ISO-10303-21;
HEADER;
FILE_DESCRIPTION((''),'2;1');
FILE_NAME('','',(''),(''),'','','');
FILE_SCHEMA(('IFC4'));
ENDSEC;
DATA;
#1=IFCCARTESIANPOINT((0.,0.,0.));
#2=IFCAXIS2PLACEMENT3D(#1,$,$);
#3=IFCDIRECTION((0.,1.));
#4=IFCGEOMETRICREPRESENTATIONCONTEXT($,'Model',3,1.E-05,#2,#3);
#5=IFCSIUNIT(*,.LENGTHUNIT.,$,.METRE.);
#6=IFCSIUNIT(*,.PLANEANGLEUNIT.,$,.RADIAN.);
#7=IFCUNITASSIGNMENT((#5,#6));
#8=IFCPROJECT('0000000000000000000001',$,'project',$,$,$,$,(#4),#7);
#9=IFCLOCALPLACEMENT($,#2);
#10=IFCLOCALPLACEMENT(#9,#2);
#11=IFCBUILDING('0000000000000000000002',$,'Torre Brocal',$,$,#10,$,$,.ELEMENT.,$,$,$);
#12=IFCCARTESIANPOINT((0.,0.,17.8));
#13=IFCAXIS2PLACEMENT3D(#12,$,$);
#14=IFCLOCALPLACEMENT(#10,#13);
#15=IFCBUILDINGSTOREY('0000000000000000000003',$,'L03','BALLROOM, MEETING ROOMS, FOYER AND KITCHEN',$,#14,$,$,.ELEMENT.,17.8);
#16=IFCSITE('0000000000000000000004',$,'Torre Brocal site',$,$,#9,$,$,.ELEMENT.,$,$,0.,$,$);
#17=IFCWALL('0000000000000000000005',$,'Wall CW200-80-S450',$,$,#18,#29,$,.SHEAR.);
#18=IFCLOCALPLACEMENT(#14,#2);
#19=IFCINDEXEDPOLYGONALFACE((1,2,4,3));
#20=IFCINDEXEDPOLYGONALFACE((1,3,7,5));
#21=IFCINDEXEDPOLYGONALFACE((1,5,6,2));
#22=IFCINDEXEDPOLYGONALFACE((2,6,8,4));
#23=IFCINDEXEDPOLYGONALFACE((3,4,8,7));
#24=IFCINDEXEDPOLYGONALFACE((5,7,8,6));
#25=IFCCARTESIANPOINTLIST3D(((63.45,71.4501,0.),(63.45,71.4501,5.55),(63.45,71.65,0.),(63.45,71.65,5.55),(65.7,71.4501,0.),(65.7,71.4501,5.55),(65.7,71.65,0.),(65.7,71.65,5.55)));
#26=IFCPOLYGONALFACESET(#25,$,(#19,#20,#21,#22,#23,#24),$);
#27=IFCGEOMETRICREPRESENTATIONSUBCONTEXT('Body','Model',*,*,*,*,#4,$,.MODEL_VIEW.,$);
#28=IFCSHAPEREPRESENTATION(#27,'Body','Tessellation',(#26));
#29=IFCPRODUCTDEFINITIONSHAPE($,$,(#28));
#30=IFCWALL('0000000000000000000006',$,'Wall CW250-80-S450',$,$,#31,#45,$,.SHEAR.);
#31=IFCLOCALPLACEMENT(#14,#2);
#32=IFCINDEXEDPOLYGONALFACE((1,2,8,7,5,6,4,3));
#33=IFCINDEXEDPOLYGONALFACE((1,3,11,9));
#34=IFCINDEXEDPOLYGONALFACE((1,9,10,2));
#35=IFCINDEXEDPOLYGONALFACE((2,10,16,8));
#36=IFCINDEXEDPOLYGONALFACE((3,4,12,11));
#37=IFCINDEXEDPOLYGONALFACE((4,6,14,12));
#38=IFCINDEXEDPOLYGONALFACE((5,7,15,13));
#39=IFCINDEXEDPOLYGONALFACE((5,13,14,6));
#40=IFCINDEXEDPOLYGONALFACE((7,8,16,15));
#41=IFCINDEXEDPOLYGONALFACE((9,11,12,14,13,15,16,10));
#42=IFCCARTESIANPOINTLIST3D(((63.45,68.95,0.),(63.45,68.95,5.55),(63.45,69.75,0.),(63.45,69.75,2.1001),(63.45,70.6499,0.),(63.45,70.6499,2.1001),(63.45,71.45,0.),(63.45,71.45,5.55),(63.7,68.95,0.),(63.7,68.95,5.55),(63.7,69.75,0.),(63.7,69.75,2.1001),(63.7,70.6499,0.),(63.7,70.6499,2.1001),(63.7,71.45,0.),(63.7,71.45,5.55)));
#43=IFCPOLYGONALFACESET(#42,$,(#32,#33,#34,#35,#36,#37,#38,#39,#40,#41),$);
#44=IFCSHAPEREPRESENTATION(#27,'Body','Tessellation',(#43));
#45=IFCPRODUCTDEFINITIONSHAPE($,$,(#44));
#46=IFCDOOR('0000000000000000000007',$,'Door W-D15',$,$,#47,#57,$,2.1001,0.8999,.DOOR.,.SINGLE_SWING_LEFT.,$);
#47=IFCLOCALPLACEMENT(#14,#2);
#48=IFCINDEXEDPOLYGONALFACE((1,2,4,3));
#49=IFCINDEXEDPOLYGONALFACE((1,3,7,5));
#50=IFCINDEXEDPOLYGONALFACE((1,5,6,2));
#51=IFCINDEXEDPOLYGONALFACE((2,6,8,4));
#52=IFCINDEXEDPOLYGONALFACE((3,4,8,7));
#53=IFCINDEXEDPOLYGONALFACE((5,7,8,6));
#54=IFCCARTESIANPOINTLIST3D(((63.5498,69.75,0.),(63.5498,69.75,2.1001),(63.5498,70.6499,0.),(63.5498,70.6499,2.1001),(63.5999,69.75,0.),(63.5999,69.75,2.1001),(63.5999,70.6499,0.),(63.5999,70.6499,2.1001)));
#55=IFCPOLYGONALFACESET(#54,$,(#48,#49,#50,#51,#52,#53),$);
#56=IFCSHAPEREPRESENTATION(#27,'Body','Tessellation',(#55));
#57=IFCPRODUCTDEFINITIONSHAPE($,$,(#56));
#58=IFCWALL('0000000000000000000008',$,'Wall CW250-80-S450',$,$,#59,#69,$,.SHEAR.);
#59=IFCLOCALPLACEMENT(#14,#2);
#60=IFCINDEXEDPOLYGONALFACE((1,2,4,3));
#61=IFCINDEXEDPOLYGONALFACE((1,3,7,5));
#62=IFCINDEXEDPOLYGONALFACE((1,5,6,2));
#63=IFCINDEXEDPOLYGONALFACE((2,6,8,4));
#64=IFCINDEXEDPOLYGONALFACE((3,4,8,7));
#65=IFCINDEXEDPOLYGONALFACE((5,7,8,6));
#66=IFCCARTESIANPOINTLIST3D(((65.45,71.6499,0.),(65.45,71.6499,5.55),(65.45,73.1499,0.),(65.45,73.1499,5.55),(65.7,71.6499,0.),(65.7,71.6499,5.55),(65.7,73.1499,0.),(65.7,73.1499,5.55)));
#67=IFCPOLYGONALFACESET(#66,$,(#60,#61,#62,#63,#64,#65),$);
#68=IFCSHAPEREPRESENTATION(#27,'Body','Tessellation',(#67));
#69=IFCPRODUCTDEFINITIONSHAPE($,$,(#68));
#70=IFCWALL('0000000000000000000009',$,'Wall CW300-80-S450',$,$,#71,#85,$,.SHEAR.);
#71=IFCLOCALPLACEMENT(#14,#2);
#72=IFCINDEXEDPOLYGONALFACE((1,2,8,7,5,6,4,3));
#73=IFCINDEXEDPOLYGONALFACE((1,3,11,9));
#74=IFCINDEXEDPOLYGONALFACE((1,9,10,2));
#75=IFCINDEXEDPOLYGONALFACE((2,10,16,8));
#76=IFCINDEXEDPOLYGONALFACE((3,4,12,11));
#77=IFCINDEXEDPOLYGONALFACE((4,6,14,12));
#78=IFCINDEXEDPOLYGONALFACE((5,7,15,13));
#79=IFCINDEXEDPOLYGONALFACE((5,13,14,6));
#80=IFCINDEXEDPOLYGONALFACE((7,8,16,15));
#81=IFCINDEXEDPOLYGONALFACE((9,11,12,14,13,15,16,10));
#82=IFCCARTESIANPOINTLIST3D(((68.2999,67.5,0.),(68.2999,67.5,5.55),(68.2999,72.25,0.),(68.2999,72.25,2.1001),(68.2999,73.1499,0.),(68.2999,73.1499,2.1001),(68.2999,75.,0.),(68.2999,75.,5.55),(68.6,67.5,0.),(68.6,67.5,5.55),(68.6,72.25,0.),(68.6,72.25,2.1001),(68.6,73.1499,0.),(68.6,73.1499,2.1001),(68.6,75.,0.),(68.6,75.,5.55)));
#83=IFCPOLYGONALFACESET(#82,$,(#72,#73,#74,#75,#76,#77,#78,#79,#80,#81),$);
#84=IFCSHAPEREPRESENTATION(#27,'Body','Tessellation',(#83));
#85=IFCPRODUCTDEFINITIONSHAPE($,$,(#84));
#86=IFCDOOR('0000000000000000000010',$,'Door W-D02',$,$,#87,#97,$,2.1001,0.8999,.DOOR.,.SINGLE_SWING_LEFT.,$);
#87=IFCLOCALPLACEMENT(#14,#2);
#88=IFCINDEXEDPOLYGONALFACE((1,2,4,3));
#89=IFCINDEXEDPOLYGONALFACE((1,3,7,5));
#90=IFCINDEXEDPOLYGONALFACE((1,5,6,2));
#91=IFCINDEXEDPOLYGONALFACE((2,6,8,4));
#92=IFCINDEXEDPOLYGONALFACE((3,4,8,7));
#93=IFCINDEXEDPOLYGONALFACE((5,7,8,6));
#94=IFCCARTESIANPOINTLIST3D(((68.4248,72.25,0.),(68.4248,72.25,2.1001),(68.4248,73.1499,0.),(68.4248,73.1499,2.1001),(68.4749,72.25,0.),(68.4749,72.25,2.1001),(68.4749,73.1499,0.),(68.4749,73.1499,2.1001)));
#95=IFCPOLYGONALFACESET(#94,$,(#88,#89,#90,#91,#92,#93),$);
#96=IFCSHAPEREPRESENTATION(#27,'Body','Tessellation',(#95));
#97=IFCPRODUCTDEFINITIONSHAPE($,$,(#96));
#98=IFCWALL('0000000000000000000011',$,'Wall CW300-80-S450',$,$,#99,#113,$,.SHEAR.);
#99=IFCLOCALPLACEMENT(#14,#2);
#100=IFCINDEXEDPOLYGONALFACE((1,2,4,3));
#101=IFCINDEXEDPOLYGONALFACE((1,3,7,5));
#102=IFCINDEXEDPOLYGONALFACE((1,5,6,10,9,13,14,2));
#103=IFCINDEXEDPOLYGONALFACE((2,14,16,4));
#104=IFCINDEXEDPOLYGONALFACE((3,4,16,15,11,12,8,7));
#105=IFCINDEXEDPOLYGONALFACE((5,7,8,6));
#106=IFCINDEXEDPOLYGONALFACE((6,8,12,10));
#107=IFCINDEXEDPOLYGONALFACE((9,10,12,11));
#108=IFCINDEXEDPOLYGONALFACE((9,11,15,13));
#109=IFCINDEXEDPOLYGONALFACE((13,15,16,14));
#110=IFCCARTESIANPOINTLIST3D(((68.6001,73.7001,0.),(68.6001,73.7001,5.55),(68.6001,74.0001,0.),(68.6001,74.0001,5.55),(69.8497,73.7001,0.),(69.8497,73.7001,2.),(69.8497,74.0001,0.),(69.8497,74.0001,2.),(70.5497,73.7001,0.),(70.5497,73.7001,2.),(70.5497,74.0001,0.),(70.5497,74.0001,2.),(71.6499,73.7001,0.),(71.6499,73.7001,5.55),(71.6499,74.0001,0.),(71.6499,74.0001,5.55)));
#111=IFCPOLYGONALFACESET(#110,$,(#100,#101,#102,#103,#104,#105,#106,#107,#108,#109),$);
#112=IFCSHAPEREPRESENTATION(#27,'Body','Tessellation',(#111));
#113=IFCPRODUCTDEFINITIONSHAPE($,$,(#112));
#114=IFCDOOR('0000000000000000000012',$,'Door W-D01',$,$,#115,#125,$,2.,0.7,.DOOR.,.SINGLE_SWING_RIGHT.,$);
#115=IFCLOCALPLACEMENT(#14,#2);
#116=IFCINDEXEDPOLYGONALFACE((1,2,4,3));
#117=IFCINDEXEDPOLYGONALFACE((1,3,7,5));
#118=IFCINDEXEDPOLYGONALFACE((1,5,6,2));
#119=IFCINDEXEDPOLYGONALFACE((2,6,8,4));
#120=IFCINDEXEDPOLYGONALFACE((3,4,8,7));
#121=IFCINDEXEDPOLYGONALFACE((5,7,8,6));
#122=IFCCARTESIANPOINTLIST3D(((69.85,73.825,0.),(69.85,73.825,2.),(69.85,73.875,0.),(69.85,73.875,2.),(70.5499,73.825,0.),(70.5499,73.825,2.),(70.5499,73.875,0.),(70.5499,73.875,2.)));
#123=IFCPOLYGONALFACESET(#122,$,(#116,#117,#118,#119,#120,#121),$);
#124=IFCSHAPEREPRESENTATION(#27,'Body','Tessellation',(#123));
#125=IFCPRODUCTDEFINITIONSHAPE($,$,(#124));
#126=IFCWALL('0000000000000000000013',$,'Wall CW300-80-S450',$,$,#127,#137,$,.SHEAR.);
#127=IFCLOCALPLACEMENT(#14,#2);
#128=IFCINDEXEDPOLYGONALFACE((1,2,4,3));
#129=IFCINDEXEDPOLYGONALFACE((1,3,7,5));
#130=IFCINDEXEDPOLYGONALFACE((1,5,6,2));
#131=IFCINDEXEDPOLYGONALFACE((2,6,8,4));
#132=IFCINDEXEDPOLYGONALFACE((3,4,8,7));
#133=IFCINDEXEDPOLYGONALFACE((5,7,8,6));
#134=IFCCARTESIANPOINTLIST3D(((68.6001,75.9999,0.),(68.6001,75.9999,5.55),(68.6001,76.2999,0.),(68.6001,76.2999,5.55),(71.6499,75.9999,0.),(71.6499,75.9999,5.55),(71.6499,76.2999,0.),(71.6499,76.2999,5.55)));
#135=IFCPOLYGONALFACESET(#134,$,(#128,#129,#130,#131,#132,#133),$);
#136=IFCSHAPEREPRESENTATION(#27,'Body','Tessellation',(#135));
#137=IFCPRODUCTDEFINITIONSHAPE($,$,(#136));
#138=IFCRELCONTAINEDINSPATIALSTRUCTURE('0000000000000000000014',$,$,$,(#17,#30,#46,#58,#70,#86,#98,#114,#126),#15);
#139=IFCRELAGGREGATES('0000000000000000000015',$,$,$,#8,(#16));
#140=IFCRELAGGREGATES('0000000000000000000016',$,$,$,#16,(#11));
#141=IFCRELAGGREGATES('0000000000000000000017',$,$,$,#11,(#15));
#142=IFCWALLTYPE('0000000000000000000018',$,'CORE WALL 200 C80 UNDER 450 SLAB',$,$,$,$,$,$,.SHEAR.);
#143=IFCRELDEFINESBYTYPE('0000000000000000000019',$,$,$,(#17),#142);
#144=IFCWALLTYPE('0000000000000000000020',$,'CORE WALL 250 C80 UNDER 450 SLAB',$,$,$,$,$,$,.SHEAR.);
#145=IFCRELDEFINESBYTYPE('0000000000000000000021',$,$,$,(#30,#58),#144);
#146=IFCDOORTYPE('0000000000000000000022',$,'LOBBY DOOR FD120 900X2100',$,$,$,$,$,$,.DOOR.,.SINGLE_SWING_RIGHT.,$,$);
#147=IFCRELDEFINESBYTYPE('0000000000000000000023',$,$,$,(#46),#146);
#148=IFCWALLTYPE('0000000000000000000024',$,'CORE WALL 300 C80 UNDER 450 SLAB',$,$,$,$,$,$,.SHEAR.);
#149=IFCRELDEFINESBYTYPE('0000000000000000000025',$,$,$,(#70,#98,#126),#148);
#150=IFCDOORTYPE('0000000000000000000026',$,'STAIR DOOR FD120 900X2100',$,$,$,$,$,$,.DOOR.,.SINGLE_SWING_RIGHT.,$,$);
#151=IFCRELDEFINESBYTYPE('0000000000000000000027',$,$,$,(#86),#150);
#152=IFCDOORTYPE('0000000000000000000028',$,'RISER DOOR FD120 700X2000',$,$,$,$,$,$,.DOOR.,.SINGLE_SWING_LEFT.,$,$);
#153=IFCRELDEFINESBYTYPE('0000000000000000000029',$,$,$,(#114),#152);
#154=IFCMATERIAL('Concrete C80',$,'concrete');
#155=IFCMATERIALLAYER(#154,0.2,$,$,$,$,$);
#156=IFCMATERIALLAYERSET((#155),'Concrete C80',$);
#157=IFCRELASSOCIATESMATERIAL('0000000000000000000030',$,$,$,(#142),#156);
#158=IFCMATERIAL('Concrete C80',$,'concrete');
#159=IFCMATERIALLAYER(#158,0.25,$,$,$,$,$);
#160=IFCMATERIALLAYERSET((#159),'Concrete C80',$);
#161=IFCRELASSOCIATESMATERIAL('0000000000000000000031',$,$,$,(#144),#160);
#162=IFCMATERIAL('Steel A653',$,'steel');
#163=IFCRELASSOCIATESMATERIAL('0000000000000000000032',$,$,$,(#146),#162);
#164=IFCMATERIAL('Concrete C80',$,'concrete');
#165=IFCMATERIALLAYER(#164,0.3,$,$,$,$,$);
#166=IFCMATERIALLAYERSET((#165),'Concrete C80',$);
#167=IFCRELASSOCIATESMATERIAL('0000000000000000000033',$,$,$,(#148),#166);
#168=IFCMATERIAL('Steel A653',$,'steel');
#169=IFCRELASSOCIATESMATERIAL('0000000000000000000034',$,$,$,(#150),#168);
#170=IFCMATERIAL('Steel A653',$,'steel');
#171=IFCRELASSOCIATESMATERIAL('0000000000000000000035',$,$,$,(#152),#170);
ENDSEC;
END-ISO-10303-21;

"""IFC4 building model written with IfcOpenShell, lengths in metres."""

from ifc_helpers import new_model, si_unit, direction, frame, frame_2d, origin, place, context, subcontext, project, spatial, rectangle, extrude, material, layer, layer_set, type_object, element, fill, save


model = new_model("IFC4")

# Units and contexts
model_context = context("Model", 3, precision=1e-05, world=origin(), true_north=direction((0.0, 1.0)))
body_context = subcontext(model_context, "Body", "Model", "MODEL_VIEW")
ifc_project = project(units=[si_unit("LENGTHUNIT", "METRE"), si_unit("PLANEANGLEUNIT", "RADIAN")], contexts=[model_context])

# Site, building, storey
site_placement = place(None, origin())
site = spatial("IfcSite", under=ifc_project, at=site_placement, Name="Torre Brocal site", CompositionType="ELEMENT", RefElevation=0.0)
building_placement = place(site_placement, origin())
building = spatial("IfcBuilding", under=site, at=building_placement, Name="Torre Brocal", CompositionType="ELEMENT")
storey_placement = place(building_placement, frame((0.0, 0.0, 17.8)))
storey = spatial("IfcBuildingStorey", under=building, at=storey_placement, Name="L03", Description="BALLROOM, MEETING ROOMS, FOYER AND KITCHEN", CompositionType="ELEMENT", Elevation=17.8)

# Wall
ifc_material_1 = material(Name="Concrete C80", Category="concrete")
ifc_layer_1 = layer(ifc_material_1, 0.2)
ifc_layer_set_1 = layer_set([ifc_layer_1], Name="Concrete C80")
wall_type_1 = type_object("IfcWallType", Name="CORE WALL 200 C80 UNDER 450 SLAB", PredefinedType="SHEAR", material=ifc_layer_set_1)
wall_1_placement = place(storey_placement, frame((65.7, 71.55, 0.0), z_axis=(0.0, 0.0, 1.0), x_axis=(-1.0, 0.0, 0.0)))
element("IfcWall", 1, at=wall_1_placement, inside=storey, type_object=wall_type_1, Name="Wall CW200-80-S450", PredefinedType="SHEAR", context=body_context, shape_type="SweptSolid", body=[
    extrude(rectangle(XDim=2.25, YDim=0.2, at=frame_2d((1.125, 0.0))), origin(), (0.0, 0.0, 1.0), 5.55),
])

# Wall, opening, door
ifc_material_2 = material(Name="Concrete C80", Category="concrete")
ifc_layer_2 = layer(ifc_material_2, 0.25)
ifc_layer_set_2 = layer_set([ifc_layer_2], Name="Concrete C80")
wall_type_2 = type_object("IfcWallType", Name="CORE WALL 250 C80 UNDER 450 SLAB", PredefinedType="SHEAR", material=ifc_layer_set_2)
wall_2_placement = place(storey_placement, frame((63.575, 71.45, 0.0), z_axis=(0.0, 0.0, 1.0), x_axis=(0.0, -1.0, 0.0)))
wall_2 = element("IfcWall", 2, at=wall_2_placement, inside=storey, type_object=wall_type_2, Name="Wall CW250-80-S450", PredefinedType="SHEAR", context=body_context, shape_type="SweptSolid", body=[
    extrude(rectangle(XDim=2.5, YDim=0.25, at=frame_2d((1.25, 0.0))), origin(), (0.0, 0.0, 1.0), 5.55),
])
opening_1_placement = place(wall_2_placement, frame((0.8, 0.0, 0.0)))
opening_1 = element("IfcOpeningElement", 3, at=opening_1_placement, cuts=wall_2, PredefinedType="OPENING", context=body_context, shape_type="SweptSolid", body=[
    extrude(rectangle(XDim=0.8999, YDim=2.1001, at=frame_2d((0.45, 1.05))), frame((0.0, 0.135, 0.0), z_axis=(0.0, -1.0, 0.0), x_axis=(1.0, 0.0, 0.0)), (0.0, 0.0, 1.0), 0.27),
])
ifc_material_3 = material(Name="Steel A653", Category="steel")
door_type_1 = type_object("IfcDoorType", Name="LOBBY DOOR FD120 900X2100", OperationType="SINGLE_SWING_RIGHT", PredefinedType="DOOR", material=ifc_material_3)
door_1_placement = place(opening_1_placement, origin())
door_1 = element("IfcDoor", 4, at=door_1_placement, inside=storey, type_object=door_type_1, Name="Door W-D15", OperationType="SINGLE_SWING_LEFT", OverallHeight=2.1001, OverallWidth=0.8999, PredefinedType="DOOR", context=body_context, shape_type="SweptSolid", body=[
    extrude(rectangle(XDim=0.8999, YDim=2.1001, at=frame_2d((0.45, 1.05))), frame((0.0, 0.0249, 0.0), z_axis=(0.0, -1.0, 0.0), x_axis=(1.0, 0.0, 0.0)), (0.0, 0.0, 1.0), 0.05),
])
fill(opening_1, door_1)

# Wall
wall_3_placement = place(storey_placement, frame((65.575, 73.1499, 0.0), z_axis=(0.0, 0.0, 1.0), x_axis=(0.0, -1.0, 0.0)))
element("IfcWall", 5, at=wall_3_placement, inside=storey, type_object=wall_type_2, Name="Wall CW250-80-S450", PredefinedType="SHEAR", context=body_context, shape_type="SweptSolid", body=[
    extrude(rectangle(XDim=1.5, YDim=0.25, at=frame_2d((0.75, 0.0))), origin(), (0.0, 0.0, 1.0), 5.55),
])

# Walls, openings, doors
ifc_material_4 = material(Name="Concrete C80", Category="concrete")
ifc_layer_3 = layer(ifc_material_4, 0.3)
ifc_layer_set_3 = layer_set([ifc_layer_3], Name="Concrete C80")
wall_type_3 = type_object("IfcWallType", Name="CORE WALL 300 C80 UNDER 450 SLAB", PredefinedType="SHEAR", material=ifc_layer_set_3)
wall_4_placement = place(storey_placement, frame((68.45, 75.0, 0.0), z_axis=(0.0, 0.0, 1.0), x_axis=(0.0, -1.0, 0.0)))
wall_4 = element("IfcWall", 6, at=wall_4_placement, inside=storey, type_object=wall_type_3, Name="Wall CW300-80-S450", PredefinedType="SHEAR", context=body_context, shape_type="SweptSolid", body=[
    extrude(rectangle(XDim=7.5, YDim=0.3, at=frame_2d((3.75, 0.0))), origin(), (0.0, 0.0, 1.0), 5.55),
])
opening_2_placement = place(wall_4_placement, frame((1.8501, 0.0, 0.0)))
opening_2 = element("IfcOpeningElement", 7, at=opening_2_placement, cuts=wall_4, PredefinedType="OPENING", context=body_context, shape_type="SweptSolid", body=[
    extrude(rectangle(XDim=0.8999, YDim=2.1001, at=frame_2d((0.45, 1.05))), frame((0.0, 0.1599, 0.0), z_axis=(0.0, -1.0, 0.0), x_axis=(1.0, 0.0, 0.0)), (0.0, 0.0, 1.0), 0.3201),
])
ifc_material_5 = material(Name="Steel A653", Category="steel")
door_type_2 = type_object("IfcDoorType", Name="STAIR DOOR FD120 900X2100", OperationType="SINGLE_SWING_RIGHT", PredefinedType="DOOR", material=ifc_material_5)
door_2_placement = place(opening_2_placement, origin())
door_2 = element("IfcDoor", 8, at=door_2_placement, inside=storey, type_object=door_type_2, Name="Door W-D02", OperationType="SINGLE_SWING_LEFT", OverallHeight=2.1001, OverallWidth=0.8999, PredefinedType="DOOR", context=body_context, shape_type="SweptSolid", body=[
    extrude(rectangle(XDim=0.8999, YDim=2.1001, at=frame_2d((0.45, 1.05))), frame((0.0, 0.0249, 0.0), z_axis=(0.0, -1.0, 0.0), x_axis=(1.0, 0.0, 0.0)), (0.0, 0.0, 1.0), 0.05),
])
fill(opening_2, door_2)
wall_5_placement = place(storey_placement, frame((71.6499, 73.8501, 0.0), z_axis=(0.0, 0.0, 1.0), x_axis=(-1.0, 0.0, 0.0)))
wall_5 = element("IfcWall", 9, at=wall_5_placement, inside=storey, type_object=wall_type_3, Name="Wall CW300-80-S450", PredefinedType="SHEAR", context=body_context, shape_type="SweptSolid", body=[
    extrude(rectangle(XDim=3.0498, YDim=0.3, at=frame_2d((1.5249, 0.0))), origin(), (0.0, 0.0, 1.0), 5.55),
])
opening_3_placement = place(wall_5_placement, frame((1.1001, 0.0, 0.0)))
opening_3 = element("IfcOpeningElement", 10, at=opening_3_placement, cuts=wall_5, PredefinedType="OPENING", context=body_context, shape_type="SweptSolid", body=[
    extrude(rectangle(XDim=0.7, YDim=2.0, at=frame_2d((0.3501, 1.0))), frame((0.0, 0.1599, 0.0), z_axis=(0.0, -1.0, 0.0), x_axis=(1.0, 0.0, 0.0)), (0.0, 0.0, 1.0), 0.3201),
])
ifc_material_6 = material(Name="Steel A653", Category="steel")
door_type_3 = type_object("IfcDoorType", Name="RISER DOOR FD120 700X2000", OperationType="SINGLE_SWING_LEFT", PredefinedType="DOOR", material=ifc_material_6)
door_3_placement = place(opening_3_placement, frame((0.7, 0.0, 0.0), z_axis=(0.0, 0.0, 1.0), x_axis=(-1.0, 0.0, 0.0)))
door_3 = element("IfcDoor", 11, at=door_3_placement, inside=storey, type_object=door_type_3, Name="Door W-D01", OperationType="SINGLE_SWING_RIGHT", OverallHeight=2.0, OverallWidth=0.7, PredefinedType="DOOR", context=body_context, shape_type="SweptSolid", body=[
    extrude(rectangle(XDim=0.7, YDim=2.0, at=frame_2d((0.3501, 1.0))), frame((0.0, 0.0249, 0.0), z_axis=(0.0, -1.0, 0.0), x_axis=(1.0, 0.0, 0.0)), (0.0, 0.0, 1.0), 0.05),
])
fill(opening_3, door_3)

# Wall
wall_6_placement = place(storey_placement, frame((71.6499, 76.1499, 0.0), z_axis=(0.0, 0.0, 1.0), x_axis=(-1.0, 0.0, 0.0)))
element("IfcWall", 12, at=wall_6_placement, inside=storey, type_object=wall_type_3, Name="Wall CW300-80-S450", PredefinedType="SHEAR", context=body_context, shape_type="SweptSolid", body=[
    extrude(rectangle(XDim=3.0498, YDim=0.3, at=frame_2d((1.5249, 0.0))), origin(), (0.0, 0.0, 1.0), 5.55),
])

save(model, "model.ifc")
